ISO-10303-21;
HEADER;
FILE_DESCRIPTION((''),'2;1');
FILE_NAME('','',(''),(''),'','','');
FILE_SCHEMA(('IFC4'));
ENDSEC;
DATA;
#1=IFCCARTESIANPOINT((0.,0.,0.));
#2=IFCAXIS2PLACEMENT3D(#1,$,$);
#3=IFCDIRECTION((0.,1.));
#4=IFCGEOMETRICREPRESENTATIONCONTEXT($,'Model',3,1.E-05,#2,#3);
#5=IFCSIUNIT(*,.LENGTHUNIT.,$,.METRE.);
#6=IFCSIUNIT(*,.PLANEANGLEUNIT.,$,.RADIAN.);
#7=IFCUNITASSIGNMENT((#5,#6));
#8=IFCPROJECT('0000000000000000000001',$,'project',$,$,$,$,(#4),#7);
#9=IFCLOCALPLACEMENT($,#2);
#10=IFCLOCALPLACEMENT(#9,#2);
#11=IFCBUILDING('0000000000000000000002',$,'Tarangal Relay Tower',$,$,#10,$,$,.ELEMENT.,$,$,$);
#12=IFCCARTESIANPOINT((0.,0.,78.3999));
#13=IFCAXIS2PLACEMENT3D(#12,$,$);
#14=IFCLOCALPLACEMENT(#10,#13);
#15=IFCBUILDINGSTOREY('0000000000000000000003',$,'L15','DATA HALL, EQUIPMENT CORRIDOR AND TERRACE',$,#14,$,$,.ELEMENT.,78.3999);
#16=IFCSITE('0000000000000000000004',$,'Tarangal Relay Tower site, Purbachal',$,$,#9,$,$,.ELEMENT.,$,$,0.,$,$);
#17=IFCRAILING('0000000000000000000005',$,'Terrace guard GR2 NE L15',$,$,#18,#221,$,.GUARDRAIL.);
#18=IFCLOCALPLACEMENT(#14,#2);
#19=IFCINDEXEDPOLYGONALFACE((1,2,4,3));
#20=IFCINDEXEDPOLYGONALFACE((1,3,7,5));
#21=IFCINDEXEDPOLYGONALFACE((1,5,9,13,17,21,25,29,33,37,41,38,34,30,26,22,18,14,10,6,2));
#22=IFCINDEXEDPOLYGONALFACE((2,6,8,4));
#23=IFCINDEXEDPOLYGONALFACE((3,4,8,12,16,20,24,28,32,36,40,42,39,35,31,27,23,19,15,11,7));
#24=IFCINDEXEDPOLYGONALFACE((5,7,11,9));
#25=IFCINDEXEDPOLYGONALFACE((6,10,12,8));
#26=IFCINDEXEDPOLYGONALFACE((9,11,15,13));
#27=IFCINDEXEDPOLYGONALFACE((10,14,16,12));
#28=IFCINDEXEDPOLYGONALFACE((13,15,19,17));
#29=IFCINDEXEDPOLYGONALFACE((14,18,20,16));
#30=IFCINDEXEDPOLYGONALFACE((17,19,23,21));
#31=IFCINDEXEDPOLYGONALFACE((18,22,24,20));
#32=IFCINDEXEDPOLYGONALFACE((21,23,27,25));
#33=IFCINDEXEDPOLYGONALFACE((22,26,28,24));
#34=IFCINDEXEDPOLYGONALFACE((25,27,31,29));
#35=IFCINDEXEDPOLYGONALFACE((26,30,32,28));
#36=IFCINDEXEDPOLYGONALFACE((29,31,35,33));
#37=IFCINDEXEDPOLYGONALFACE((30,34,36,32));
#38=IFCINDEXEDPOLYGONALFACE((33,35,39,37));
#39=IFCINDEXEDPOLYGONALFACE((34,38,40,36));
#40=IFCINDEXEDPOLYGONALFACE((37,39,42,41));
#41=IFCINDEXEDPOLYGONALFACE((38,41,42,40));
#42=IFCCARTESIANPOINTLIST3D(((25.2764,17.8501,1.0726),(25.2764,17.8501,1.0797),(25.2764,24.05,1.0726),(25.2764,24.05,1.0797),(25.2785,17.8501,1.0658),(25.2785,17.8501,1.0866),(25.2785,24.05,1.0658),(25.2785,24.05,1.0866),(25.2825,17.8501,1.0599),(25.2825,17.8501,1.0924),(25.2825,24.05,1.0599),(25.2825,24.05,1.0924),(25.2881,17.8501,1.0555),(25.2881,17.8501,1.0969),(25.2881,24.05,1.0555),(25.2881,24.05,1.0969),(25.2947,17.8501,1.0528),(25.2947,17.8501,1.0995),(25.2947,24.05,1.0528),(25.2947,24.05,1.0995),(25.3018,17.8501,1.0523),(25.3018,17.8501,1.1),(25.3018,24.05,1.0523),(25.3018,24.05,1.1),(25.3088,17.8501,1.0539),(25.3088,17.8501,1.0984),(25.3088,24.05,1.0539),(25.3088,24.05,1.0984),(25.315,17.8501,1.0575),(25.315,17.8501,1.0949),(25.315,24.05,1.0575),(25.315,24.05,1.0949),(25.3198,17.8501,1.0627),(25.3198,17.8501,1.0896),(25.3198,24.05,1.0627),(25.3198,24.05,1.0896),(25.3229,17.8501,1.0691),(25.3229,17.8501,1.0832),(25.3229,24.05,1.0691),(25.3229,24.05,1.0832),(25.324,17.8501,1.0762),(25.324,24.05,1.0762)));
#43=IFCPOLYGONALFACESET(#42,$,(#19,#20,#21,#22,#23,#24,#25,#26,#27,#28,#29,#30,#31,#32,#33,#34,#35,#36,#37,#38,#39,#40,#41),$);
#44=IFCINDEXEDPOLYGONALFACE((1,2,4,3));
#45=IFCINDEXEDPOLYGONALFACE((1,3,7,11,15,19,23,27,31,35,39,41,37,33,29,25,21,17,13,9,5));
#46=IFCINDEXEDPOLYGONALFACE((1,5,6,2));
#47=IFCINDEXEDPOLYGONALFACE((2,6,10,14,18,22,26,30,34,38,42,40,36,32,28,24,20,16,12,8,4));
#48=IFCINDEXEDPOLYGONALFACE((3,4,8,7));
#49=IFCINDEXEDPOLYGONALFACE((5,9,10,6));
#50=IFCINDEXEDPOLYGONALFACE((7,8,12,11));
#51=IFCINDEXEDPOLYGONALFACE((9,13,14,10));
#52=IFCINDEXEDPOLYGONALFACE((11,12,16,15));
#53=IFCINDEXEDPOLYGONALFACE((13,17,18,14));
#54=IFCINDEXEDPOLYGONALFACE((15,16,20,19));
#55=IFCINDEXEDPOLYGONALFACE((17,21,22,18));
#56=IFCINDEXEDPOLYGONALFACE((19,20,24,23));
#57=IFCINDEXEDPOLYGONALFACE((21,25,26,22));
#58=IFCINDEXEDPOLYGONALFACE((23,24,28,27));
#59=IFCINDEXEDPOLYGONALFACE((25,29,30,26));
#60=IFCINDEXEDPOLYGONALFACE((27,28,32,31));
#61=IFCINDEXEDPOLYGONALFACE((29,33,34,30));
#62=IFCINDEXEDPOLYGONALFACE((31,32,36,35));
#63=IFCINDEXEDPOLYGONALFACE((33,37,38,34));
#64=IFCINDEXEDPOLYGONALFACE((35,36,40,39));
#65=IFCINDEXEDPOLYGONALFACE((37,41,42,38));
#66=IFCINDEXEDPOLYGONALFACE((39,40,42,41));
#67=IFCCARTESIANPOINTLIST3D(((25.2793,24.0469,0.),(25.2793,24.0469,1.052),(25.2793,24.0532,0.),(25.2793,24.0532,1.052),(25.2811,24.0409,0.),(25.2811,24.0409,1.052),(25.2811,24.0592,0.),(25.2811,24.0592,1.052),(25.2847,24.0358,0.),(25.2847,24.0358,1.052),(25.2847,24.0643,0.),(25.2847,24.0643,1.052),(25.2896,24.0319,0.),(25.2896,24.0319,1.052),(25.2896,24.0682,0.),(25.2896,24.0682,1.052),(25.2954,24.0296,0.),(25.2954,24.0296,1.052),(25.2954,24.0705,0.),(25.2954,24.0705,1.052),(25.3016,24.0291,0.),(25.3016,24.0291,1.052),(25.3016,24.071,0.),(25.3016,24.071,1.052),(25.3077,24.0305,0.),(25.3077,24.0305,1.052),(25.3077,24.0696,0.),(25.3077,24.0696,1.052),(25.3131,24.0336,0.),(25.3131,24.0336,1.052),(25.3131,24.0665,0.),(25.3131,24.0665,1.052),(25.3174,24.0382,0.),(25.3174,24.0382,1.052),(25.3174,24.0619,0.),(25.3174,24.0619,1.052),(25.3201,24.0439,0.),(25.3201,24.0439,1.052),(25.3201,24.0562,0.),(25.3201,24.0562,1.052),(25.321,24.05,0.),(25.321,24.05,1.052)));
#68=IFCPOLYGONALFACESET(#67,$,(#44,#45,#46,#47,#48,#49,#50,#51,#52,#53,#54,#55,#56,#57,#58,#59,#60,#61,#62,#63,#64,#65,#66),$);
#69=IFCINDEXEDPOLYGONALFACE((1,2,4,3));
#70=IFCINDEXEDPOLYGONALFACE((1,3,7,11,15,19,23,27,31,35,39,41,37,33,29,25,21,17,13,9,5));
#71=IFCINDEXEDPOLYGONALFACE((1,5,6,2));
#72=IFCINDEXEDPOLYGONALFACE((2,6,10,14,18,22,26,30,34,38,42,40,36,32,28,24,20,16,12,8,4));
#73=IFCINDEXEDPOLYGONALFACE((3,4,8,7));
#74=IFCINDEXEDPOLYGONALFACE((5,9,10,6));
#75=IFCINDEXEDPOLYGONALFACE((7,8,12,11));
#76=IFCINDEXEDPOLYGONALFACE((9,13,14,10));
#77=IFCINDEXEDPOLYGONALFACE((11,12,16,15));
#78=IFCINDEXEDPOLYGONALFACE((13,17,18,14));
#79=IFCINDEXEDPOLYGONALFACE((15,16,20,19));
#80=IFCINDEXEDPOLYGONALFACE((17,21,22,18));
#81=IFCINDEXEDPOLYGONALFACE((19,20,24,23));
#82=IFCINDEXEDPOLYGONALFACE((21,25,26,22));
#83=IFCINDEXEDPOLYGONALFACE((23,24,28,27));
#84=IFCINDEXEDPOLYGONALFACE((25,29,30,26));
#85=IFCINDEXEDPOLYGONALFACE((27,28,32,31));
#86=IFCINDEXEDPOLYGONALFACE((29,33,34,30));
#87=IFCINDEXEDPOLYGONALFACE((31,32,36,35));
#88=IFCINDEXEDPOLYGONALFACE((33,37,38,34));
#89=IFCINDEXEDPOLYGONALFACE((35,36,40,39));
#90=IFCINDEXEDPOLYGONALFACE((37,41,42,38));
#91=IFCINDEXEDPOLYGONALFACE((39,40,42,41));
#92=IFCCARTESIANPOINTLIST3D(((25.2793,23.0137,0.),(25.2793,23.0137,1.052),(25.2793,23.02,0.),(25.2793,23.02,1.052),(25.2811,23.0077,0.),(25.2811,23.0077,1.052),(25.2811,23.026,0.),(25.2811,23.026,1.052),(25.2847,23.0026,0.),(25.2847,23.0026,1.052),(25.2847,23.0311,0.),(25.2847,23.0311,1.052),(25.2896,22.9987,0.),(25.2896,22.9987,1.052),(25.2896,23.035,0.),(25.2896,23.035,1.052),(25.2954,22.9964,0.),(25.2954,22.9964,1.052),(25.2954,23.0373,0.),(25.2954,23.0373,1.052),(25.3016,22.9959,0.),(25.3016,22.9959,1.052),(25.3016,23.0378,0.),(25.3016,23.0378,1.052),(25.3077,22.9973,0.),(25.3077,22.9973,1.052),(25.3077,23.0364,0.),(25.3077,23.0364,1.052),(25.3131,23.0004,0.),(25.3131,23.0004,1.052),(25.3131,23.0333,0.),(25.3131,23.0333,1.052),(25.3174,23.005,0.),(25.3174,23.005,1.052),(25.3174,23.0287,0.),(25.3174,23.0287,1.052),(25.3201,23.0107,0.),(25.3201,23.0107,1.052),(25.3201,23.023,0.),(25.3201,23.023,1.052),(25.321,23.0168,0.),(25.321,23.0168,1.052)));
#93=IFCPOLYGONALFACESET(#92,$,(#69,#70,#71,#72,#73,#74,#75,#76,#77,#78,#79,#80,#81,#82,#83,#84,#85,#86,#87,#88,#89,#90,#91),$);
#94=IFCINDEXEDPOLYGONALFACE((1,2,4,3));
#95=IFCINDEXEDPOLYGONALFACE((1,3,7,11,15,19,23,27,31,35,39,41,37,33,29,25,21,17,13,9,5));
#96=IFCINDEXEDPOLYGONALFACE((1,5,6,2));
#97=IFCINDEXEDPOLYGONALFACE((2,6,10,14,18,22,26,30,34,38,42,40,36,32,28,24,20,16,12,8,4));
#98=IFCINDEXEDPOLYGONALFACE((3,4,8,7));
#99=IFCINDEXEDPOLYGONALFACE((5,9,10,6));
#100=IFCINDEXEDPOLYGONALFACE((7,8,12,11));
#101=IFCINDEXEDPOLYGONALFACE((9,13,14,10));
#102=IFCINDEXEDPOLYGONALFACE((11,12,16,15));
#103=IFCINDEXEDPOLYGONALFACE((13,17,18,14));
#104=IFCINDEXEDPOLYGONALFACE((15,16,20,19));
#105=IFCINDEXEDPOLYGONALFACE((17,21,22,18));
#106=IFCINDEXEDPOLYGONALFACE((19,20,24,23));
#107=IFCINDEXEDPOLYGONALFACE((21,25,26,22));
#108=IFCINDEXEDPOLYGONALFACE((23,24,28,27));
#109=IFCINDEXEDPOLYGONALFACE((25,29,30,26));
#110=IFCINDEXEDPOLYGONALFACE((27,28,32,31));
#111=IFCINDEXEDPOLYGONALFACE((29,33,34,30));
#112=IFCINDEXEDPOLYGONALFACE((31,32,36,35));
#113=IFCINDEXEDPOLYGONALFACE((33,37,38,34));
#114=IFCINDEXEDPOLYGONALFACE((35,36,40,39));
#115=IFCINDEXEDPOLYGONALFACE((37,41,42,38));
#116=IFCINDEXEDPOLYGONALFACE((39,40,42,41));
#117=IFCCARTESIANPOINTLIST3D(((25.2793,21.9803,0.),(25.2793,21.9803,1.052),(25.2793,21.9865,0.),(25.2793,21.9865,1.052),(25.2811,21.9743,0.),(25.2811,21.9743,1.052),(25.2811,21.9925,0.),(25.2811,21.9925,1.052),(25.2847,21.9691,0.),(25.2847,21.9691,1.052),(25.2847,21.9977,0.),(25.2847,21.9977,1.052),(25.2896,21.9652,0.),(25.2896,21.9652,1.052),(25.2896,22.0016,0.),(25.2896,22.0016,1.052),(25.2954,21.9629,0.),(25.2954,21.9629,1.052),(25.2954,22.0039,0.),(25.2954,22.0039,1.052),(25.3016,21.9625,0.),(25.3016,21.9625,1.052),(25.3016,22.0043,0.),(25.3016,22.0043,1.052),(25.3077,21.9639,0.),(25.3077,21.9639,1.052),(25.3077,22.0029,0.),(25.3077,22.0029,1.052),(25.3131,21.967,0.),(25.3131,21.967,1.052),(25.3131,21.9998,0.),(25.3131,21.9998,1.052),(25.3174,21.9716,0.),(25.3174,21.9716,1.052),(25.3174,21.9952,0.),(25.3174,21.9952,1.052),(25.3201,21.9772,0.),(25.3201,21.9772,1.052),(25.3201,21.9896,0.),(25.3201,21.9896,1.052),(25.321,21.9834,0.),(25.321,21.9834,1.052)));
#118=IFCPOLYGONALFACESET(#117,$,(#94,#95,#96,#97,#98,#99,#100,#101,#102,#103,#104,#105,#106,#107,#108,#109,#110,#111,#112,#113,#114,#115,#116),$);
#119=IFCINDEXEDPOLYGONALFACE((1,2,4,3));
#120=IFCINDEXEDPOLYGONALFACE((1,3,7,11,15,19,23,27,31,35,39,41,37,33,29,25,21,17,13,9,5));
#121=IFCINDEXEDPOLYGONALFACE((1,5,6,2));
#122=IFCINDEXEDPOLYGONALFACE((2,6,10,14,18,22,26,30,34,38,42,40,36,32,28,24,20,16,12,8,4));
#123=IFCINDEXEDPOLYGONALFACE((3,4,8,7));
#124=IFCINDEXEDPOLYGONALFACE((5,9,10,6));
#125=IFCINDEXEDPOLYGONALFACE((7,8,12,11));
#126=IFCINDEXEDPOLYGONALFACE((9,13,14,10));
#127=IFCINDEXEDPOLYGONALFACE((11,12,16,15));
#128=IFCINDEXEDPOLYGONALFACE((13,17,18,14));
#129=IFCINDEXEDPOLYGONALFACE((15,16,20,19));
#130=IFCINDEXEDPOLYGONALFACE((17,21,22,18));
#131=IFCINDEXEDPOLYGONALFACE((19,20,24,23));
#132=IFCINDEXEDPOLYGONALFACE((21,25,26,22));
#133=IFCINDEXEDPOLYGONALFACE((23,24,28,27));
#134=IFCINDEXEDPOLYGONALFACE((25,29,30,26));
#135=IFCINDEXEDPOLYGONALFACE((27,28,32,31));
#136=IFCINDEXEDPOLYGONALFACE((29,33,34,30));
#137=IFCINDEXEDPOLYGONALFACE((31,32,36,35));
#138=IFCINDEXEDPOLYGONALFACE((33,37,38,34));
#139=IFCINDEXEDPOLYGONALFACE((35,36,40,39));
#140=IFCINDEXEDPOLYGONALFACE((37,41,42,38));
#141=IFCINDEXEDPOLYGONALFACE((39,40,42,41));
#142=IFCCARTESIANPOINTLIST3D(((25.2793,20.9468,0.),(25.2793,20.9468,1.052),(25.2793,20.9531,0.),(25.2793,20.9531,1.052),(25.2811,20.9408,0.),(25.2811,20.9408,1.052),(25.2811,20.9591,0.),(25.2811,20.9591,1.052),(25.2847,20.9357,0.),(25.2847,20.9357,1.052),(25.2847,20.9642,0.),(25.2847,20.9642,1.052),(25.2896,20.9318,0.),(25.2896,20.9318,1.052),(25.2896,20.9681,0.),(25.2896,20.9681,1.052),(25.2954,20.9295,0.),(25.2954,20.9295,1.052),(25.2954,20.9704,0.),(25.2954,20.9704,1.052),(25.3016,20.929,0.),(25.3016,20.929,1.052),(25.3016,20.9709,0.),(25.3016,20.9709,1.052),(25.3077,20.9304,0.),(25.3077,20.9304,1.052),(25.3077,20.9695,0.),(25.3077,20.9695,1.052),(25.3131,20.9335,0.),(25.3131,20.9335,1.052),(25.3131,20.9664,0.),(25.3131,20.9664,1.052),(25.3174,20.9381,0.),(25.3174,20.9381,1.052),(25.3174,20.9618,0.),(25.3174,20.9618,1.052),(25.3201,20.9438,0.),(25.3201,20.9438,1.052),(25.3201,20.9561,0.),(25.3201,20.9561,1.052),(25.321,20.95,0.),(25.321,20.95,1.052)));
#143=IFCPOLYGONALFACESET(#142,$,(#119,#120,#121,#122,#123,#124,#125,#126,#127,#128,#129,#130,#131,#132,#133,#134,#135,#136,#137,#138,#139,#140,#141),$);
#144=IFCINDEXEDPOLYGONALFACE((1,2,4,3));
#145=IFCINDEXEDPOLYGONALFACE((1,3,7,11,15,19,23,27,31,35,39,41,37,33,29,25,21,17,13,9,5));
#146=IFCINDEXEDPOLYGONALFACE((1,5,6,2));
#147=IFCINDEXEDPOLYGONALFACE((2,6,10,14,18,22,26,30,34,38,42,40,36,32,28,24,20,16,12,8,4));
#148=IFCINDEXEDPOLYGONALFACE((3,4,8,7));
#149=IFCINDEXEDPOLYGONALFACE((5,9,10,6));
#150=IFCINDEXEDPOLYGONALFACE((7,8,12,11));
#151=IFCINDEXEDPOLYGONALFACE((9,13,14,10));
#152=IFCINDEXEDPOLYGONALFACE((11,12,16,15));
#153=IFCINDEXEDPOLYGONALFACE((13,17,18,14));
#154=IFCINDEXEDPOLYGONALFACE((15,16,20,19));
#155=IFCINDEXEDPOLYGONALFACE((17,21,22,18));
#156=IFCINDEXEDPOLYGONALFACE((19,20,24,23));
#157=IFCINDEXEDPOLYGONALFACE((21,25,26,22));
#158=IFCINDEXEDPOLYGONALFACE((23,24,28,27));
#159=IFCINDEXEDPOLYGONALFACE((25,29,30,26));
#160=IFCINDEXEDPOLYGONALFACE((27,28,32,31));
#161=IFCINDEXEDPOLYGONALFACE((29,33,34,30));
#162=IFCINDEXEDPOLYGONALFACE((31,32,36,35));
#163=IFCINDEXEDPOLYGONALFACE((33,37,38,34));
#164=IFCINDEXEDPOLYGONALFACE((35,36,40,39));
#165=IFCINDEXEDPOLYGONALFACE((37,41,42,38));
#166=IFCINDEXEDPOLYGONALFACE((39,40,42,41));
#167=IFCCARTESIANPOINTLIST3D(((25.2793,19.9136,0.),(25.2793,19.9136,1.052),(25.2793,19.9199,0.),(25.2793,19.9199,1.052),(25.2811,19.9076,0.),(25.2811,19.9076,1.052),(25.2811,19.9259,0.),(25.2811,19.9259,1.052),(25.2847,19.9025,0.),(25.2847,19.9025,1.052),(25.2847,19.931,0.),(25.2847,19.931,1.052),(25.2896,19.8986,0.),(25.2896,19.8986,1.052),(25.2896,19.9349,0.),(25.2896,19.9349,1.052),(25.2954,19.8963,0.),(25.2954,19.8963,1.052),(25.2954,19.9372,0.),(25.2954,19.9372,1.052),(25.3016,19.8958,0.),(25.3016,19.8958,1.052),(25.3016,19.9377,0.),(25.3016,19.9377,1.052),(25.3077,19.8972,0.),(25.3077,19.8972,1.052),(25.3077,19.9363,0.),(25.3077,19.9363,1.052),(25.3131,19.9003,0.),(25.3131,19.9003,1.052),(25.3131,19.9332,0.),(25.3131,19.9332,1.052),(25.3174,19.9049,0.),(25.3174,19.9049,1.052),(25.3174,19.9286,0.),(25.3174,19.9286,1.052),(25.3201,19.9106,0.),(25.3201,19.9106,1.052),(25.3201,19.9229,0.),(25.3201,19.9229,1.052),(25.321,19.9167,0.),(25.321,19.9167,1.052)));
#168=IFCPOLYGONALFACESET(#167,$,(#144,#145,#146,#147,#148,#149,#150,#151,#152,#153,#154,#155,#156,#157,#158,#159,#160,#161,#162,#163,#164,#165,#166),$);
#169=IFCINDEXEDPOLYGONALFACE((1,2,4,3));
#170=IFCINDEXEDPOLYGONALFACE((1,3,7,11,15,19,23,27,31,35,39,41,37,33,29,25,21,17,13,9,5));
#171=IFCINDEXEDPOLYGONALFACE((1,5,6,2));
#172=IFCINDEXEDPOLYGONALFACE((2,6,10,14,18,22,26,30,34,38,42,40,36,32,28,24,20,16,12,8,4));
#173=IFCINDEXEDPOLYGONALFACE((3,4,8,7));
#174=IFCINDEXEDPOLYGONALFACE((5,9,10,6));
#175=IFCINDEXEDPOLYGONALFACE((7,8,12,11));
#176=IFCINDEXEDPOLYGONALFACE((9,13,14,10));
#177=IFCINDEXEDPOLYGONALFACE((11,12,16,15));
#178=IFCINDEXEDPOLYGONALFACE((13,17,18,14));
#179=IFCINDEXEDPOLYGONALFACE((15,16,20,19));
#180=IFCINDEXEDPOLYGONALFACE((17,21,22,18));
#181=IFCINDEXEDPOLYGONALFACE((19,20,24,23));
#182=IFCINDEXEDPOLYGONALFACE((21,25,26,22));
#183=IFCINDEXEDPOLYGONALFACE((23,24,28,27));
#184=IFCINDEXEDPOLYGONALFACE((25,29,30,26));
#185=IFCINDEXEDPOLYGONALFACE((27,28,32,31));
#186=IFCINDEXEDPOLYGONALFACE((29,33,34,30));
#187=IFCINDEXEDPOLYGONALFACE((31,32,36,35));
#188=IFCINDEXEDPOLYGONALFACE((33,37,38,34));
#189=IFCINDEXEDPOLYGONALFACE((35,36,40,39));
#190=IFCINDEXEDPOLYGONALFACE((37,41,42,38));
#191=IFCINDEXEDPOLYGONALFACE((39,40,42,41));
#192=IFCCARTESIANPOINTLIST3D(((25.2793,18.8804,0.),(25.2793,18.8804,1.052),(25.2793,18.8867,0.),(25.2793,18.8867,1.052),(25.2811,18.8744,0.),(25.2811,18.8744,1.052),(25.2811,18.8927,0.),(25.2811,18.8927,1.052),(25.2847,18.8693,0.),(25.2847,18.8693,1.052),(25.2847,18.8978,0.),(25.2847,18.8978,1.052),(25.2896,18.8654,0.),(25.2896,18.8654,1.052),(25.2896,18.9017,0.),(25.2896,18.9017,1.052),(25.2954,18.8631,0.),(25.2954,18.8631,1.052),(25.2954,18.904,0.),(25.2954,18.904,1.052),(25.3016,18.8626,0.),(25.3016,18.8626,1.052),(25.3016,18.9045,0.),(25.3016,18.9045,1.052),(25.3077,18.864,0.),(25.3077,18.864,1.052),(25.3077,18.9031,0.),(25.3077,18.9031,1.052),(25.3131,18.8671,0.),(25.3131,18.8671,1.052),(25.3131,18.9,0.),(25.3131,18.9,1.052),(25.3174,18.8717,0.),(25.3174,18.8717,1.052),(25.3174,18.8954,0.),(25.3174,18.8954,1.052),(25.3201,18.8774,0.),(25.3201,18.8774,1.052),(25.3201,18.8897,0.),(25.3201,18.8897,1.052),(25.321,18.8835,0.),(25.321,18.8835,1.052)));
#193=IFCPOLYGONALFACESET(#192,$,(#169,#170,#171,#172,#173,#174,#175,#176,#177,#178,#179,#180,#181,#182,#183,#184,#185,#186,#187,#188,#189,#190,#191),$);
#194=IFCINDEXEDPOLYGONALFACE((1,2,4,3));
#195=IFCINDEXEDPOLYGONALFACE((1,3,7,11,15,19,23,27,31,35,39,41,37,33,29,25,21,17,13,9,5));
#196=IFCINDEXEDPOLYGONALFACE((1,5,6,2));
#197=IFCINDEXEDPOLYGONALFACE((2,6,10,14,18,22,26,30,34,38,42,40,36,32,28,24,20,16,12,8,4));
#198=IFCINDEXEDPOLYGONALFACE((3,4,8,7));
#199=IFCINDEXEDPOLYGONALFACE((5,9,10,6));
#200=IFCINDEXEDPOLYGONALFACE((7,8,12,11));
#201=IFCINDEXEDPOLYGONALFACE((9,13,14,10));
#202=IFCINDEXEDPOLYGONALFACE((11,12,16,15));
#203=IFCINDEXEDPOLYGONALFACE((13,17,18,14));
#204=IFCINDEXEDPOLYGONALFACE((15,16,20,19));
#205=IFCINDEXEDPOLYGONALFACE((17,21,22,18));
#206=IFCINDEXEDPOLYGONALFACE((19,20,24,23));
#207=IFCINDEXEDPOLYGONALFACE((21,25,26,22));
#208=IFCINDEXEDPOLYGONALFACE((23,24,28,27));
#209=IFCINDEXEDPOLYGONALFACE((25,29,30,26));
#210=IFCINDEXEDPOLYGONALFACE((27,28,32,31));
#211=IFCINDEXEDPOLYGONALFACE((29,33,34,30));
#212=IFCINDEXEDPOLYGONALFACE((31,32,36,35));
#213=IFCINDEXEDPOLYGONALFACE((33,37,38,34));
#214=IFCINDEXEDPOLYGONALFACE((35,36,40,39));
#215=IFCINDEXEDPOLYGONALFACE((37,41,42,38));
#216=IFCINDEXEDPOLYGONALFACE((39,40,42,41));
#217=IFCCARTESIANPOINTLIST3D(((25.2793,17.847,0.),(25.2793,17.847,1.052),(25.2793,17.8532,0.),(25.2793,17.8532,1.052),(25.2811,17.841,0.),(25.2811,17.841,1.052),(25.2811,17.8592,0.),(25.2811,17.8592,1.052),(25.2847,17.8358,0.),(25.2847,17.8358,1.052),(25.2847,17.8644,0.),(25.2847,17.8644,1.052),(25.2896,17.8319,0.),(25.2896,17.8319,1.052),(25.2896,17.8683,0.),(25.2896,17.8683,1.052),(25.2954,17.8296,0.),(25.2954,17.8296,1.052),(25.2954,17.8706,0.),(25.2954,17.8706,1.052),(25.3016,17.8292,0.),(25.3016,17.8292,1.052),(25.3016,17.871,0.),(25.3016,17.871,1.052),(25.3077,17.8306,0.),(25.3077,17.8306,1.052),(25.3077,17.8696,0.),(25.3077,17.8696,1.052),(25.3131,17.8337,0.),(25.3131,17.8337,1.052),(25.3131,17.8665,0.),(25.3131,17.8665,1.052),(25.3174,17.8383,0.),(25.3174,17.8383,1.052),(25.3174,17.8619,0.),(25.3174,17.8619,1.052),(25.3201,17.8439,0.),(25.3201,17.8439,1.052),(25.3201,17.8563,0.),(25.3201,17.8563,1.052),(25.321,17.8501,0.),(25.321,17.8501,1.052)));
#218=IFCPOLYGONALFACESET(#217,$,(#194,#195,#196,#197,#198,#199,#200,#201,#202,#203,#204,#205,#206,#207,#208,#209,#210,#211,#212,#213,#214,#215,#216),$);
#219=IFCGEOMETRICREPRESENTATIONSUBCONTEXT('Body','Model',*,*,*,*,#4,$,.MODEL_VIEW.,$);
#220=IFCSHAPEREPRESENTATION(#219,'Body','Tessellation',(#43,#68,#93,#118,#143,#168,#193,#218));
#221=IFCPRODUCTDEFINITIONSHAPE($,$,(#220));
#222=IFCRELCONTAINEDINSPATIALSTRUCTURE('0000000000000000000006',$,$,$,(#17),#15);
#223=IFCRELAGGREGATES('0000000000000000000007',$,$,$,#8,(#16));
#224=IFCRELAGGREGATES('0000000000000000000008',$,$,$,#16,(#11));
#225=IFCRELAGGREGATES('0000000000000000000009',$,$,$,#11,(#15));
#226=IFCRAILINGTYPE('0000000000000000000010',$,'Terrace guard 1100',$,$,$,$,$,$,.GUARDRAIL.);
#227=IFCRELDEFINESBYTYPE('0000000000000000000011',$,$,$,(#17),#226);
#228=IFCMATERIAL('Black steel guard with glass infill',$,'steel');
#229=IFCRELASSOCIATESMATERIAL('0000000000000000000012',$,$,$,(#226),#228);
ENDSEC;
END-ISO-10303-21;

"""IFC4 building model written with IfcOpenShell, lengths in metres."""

from ifc_helpers import new_model, si_unit, direction, frame, origin, origin_2d, place, context, subcontext, project, spatial, circle, extrude, material, type_object, element, save


model = new_model("IFC4")

# Units and contexts
model_context = context("Model", 3, precision=1e-05, world=origin(), true_north=direction((0.0, 1.0)))
body_context = subcontext(model_context, "Body", "Model", "MODEL_VIEW")
ifc_project = project(units=[si_unit("LENGTHUNIT", "METRE"), si_unit("PLANEANGLEUNIT", "RADIAN")], contexts=[model_context])

# Site, building, storey
site_placement = place(None, origin())
site = spatial("IfcSite", under=ifc_project, at=site_placement, Name="Tarangal Relay Tower site, Purbachal", CompositionType="ELEMENT", RefElevation=0.0)
building_placement = place(site_placement, origin())
building = spatial("IfcBuilding", under=site, at=building_placement, Name="Tarangal Relay Tower", CompositionType="ELEMENT")
storey_placement = place(building_placement, frame((0.0, 0.0, 78.3999)))
storey = spatial("IfcBuildingStorey", under=building, at=storey_placement, Name="L15", Description="DATA HALL, EQUIPMENT CORRIDOR AND TERRACE", CompositionType="ELEMENT", Elevation=78.3999)

# Railing
ifc_material_1 = material(Name="Black steel guard with glass infill", Category="steel")
railing_type_1 = type_object("IfcRailingType", Name="Terrace guard 1100", PredefinedType="GUARDRAIL", material=ifc_material_1)
railing_1_placement = place(storey_placement, frame((25.3, 24.05, 0.0)))
element("IfcRailing", 1, at=railing_1_placement, inside=storey, type_object=railing_type_1, Name="Terrace guard GR2 NE L15", PredefinedType="GUARDRAIL", context=body_context, shape_type="SweptSolid", body=[
    extrude(circle(Radius=0.0239, at=origin_2d()), frame((0.0, 0.0, 1.0762), z_axis=(0.0, -1.0, 0.0), x_axis=(1.0, 0.0, 0.0)), (0.0, 0.0, 1.0), 6.2),
    extrude(circle(Radius=0.021, at=origin_2d()), origin(), (0.0, 0.0, 1.0), 1.052),
    extrude(circle(Radius=0.021, at=origin_2d()), frame((0.0, -1.0332, 0.0)), (0.0, 0.0, 1.0), 1.052),
    extrude(circle(Radius=0.021, at=origin_2d()), frame((0.0, -2.0667, 0.0)), (0.0, 0.0, 1.0), 1.052),
    extrude(circle(Radius=0.021, at=origin_2d()), frame((0.0, -3.1001, 0.0)), (0.0, 0.0, 1.0), 1.052),
    extrude(circle(Radius=0.021, at=origin_2d()), frame((0.0, -4.1333, 0.0)), (0.0, 0.0, 1.0), 1.052),
    extrude(circle(Radius=0.021, at=origin_2d()), frame((0.0, -5.1665, 0.0)), (0.0, 0.0, 1.0), 1.052),
    extrude(circle(Radius=0.021, at=origin_2d()), frame((0.0, -6.2, 0.0)), (0.0, 0.0, 1.0), 1.052),
])

save(model, "model.ifc")
